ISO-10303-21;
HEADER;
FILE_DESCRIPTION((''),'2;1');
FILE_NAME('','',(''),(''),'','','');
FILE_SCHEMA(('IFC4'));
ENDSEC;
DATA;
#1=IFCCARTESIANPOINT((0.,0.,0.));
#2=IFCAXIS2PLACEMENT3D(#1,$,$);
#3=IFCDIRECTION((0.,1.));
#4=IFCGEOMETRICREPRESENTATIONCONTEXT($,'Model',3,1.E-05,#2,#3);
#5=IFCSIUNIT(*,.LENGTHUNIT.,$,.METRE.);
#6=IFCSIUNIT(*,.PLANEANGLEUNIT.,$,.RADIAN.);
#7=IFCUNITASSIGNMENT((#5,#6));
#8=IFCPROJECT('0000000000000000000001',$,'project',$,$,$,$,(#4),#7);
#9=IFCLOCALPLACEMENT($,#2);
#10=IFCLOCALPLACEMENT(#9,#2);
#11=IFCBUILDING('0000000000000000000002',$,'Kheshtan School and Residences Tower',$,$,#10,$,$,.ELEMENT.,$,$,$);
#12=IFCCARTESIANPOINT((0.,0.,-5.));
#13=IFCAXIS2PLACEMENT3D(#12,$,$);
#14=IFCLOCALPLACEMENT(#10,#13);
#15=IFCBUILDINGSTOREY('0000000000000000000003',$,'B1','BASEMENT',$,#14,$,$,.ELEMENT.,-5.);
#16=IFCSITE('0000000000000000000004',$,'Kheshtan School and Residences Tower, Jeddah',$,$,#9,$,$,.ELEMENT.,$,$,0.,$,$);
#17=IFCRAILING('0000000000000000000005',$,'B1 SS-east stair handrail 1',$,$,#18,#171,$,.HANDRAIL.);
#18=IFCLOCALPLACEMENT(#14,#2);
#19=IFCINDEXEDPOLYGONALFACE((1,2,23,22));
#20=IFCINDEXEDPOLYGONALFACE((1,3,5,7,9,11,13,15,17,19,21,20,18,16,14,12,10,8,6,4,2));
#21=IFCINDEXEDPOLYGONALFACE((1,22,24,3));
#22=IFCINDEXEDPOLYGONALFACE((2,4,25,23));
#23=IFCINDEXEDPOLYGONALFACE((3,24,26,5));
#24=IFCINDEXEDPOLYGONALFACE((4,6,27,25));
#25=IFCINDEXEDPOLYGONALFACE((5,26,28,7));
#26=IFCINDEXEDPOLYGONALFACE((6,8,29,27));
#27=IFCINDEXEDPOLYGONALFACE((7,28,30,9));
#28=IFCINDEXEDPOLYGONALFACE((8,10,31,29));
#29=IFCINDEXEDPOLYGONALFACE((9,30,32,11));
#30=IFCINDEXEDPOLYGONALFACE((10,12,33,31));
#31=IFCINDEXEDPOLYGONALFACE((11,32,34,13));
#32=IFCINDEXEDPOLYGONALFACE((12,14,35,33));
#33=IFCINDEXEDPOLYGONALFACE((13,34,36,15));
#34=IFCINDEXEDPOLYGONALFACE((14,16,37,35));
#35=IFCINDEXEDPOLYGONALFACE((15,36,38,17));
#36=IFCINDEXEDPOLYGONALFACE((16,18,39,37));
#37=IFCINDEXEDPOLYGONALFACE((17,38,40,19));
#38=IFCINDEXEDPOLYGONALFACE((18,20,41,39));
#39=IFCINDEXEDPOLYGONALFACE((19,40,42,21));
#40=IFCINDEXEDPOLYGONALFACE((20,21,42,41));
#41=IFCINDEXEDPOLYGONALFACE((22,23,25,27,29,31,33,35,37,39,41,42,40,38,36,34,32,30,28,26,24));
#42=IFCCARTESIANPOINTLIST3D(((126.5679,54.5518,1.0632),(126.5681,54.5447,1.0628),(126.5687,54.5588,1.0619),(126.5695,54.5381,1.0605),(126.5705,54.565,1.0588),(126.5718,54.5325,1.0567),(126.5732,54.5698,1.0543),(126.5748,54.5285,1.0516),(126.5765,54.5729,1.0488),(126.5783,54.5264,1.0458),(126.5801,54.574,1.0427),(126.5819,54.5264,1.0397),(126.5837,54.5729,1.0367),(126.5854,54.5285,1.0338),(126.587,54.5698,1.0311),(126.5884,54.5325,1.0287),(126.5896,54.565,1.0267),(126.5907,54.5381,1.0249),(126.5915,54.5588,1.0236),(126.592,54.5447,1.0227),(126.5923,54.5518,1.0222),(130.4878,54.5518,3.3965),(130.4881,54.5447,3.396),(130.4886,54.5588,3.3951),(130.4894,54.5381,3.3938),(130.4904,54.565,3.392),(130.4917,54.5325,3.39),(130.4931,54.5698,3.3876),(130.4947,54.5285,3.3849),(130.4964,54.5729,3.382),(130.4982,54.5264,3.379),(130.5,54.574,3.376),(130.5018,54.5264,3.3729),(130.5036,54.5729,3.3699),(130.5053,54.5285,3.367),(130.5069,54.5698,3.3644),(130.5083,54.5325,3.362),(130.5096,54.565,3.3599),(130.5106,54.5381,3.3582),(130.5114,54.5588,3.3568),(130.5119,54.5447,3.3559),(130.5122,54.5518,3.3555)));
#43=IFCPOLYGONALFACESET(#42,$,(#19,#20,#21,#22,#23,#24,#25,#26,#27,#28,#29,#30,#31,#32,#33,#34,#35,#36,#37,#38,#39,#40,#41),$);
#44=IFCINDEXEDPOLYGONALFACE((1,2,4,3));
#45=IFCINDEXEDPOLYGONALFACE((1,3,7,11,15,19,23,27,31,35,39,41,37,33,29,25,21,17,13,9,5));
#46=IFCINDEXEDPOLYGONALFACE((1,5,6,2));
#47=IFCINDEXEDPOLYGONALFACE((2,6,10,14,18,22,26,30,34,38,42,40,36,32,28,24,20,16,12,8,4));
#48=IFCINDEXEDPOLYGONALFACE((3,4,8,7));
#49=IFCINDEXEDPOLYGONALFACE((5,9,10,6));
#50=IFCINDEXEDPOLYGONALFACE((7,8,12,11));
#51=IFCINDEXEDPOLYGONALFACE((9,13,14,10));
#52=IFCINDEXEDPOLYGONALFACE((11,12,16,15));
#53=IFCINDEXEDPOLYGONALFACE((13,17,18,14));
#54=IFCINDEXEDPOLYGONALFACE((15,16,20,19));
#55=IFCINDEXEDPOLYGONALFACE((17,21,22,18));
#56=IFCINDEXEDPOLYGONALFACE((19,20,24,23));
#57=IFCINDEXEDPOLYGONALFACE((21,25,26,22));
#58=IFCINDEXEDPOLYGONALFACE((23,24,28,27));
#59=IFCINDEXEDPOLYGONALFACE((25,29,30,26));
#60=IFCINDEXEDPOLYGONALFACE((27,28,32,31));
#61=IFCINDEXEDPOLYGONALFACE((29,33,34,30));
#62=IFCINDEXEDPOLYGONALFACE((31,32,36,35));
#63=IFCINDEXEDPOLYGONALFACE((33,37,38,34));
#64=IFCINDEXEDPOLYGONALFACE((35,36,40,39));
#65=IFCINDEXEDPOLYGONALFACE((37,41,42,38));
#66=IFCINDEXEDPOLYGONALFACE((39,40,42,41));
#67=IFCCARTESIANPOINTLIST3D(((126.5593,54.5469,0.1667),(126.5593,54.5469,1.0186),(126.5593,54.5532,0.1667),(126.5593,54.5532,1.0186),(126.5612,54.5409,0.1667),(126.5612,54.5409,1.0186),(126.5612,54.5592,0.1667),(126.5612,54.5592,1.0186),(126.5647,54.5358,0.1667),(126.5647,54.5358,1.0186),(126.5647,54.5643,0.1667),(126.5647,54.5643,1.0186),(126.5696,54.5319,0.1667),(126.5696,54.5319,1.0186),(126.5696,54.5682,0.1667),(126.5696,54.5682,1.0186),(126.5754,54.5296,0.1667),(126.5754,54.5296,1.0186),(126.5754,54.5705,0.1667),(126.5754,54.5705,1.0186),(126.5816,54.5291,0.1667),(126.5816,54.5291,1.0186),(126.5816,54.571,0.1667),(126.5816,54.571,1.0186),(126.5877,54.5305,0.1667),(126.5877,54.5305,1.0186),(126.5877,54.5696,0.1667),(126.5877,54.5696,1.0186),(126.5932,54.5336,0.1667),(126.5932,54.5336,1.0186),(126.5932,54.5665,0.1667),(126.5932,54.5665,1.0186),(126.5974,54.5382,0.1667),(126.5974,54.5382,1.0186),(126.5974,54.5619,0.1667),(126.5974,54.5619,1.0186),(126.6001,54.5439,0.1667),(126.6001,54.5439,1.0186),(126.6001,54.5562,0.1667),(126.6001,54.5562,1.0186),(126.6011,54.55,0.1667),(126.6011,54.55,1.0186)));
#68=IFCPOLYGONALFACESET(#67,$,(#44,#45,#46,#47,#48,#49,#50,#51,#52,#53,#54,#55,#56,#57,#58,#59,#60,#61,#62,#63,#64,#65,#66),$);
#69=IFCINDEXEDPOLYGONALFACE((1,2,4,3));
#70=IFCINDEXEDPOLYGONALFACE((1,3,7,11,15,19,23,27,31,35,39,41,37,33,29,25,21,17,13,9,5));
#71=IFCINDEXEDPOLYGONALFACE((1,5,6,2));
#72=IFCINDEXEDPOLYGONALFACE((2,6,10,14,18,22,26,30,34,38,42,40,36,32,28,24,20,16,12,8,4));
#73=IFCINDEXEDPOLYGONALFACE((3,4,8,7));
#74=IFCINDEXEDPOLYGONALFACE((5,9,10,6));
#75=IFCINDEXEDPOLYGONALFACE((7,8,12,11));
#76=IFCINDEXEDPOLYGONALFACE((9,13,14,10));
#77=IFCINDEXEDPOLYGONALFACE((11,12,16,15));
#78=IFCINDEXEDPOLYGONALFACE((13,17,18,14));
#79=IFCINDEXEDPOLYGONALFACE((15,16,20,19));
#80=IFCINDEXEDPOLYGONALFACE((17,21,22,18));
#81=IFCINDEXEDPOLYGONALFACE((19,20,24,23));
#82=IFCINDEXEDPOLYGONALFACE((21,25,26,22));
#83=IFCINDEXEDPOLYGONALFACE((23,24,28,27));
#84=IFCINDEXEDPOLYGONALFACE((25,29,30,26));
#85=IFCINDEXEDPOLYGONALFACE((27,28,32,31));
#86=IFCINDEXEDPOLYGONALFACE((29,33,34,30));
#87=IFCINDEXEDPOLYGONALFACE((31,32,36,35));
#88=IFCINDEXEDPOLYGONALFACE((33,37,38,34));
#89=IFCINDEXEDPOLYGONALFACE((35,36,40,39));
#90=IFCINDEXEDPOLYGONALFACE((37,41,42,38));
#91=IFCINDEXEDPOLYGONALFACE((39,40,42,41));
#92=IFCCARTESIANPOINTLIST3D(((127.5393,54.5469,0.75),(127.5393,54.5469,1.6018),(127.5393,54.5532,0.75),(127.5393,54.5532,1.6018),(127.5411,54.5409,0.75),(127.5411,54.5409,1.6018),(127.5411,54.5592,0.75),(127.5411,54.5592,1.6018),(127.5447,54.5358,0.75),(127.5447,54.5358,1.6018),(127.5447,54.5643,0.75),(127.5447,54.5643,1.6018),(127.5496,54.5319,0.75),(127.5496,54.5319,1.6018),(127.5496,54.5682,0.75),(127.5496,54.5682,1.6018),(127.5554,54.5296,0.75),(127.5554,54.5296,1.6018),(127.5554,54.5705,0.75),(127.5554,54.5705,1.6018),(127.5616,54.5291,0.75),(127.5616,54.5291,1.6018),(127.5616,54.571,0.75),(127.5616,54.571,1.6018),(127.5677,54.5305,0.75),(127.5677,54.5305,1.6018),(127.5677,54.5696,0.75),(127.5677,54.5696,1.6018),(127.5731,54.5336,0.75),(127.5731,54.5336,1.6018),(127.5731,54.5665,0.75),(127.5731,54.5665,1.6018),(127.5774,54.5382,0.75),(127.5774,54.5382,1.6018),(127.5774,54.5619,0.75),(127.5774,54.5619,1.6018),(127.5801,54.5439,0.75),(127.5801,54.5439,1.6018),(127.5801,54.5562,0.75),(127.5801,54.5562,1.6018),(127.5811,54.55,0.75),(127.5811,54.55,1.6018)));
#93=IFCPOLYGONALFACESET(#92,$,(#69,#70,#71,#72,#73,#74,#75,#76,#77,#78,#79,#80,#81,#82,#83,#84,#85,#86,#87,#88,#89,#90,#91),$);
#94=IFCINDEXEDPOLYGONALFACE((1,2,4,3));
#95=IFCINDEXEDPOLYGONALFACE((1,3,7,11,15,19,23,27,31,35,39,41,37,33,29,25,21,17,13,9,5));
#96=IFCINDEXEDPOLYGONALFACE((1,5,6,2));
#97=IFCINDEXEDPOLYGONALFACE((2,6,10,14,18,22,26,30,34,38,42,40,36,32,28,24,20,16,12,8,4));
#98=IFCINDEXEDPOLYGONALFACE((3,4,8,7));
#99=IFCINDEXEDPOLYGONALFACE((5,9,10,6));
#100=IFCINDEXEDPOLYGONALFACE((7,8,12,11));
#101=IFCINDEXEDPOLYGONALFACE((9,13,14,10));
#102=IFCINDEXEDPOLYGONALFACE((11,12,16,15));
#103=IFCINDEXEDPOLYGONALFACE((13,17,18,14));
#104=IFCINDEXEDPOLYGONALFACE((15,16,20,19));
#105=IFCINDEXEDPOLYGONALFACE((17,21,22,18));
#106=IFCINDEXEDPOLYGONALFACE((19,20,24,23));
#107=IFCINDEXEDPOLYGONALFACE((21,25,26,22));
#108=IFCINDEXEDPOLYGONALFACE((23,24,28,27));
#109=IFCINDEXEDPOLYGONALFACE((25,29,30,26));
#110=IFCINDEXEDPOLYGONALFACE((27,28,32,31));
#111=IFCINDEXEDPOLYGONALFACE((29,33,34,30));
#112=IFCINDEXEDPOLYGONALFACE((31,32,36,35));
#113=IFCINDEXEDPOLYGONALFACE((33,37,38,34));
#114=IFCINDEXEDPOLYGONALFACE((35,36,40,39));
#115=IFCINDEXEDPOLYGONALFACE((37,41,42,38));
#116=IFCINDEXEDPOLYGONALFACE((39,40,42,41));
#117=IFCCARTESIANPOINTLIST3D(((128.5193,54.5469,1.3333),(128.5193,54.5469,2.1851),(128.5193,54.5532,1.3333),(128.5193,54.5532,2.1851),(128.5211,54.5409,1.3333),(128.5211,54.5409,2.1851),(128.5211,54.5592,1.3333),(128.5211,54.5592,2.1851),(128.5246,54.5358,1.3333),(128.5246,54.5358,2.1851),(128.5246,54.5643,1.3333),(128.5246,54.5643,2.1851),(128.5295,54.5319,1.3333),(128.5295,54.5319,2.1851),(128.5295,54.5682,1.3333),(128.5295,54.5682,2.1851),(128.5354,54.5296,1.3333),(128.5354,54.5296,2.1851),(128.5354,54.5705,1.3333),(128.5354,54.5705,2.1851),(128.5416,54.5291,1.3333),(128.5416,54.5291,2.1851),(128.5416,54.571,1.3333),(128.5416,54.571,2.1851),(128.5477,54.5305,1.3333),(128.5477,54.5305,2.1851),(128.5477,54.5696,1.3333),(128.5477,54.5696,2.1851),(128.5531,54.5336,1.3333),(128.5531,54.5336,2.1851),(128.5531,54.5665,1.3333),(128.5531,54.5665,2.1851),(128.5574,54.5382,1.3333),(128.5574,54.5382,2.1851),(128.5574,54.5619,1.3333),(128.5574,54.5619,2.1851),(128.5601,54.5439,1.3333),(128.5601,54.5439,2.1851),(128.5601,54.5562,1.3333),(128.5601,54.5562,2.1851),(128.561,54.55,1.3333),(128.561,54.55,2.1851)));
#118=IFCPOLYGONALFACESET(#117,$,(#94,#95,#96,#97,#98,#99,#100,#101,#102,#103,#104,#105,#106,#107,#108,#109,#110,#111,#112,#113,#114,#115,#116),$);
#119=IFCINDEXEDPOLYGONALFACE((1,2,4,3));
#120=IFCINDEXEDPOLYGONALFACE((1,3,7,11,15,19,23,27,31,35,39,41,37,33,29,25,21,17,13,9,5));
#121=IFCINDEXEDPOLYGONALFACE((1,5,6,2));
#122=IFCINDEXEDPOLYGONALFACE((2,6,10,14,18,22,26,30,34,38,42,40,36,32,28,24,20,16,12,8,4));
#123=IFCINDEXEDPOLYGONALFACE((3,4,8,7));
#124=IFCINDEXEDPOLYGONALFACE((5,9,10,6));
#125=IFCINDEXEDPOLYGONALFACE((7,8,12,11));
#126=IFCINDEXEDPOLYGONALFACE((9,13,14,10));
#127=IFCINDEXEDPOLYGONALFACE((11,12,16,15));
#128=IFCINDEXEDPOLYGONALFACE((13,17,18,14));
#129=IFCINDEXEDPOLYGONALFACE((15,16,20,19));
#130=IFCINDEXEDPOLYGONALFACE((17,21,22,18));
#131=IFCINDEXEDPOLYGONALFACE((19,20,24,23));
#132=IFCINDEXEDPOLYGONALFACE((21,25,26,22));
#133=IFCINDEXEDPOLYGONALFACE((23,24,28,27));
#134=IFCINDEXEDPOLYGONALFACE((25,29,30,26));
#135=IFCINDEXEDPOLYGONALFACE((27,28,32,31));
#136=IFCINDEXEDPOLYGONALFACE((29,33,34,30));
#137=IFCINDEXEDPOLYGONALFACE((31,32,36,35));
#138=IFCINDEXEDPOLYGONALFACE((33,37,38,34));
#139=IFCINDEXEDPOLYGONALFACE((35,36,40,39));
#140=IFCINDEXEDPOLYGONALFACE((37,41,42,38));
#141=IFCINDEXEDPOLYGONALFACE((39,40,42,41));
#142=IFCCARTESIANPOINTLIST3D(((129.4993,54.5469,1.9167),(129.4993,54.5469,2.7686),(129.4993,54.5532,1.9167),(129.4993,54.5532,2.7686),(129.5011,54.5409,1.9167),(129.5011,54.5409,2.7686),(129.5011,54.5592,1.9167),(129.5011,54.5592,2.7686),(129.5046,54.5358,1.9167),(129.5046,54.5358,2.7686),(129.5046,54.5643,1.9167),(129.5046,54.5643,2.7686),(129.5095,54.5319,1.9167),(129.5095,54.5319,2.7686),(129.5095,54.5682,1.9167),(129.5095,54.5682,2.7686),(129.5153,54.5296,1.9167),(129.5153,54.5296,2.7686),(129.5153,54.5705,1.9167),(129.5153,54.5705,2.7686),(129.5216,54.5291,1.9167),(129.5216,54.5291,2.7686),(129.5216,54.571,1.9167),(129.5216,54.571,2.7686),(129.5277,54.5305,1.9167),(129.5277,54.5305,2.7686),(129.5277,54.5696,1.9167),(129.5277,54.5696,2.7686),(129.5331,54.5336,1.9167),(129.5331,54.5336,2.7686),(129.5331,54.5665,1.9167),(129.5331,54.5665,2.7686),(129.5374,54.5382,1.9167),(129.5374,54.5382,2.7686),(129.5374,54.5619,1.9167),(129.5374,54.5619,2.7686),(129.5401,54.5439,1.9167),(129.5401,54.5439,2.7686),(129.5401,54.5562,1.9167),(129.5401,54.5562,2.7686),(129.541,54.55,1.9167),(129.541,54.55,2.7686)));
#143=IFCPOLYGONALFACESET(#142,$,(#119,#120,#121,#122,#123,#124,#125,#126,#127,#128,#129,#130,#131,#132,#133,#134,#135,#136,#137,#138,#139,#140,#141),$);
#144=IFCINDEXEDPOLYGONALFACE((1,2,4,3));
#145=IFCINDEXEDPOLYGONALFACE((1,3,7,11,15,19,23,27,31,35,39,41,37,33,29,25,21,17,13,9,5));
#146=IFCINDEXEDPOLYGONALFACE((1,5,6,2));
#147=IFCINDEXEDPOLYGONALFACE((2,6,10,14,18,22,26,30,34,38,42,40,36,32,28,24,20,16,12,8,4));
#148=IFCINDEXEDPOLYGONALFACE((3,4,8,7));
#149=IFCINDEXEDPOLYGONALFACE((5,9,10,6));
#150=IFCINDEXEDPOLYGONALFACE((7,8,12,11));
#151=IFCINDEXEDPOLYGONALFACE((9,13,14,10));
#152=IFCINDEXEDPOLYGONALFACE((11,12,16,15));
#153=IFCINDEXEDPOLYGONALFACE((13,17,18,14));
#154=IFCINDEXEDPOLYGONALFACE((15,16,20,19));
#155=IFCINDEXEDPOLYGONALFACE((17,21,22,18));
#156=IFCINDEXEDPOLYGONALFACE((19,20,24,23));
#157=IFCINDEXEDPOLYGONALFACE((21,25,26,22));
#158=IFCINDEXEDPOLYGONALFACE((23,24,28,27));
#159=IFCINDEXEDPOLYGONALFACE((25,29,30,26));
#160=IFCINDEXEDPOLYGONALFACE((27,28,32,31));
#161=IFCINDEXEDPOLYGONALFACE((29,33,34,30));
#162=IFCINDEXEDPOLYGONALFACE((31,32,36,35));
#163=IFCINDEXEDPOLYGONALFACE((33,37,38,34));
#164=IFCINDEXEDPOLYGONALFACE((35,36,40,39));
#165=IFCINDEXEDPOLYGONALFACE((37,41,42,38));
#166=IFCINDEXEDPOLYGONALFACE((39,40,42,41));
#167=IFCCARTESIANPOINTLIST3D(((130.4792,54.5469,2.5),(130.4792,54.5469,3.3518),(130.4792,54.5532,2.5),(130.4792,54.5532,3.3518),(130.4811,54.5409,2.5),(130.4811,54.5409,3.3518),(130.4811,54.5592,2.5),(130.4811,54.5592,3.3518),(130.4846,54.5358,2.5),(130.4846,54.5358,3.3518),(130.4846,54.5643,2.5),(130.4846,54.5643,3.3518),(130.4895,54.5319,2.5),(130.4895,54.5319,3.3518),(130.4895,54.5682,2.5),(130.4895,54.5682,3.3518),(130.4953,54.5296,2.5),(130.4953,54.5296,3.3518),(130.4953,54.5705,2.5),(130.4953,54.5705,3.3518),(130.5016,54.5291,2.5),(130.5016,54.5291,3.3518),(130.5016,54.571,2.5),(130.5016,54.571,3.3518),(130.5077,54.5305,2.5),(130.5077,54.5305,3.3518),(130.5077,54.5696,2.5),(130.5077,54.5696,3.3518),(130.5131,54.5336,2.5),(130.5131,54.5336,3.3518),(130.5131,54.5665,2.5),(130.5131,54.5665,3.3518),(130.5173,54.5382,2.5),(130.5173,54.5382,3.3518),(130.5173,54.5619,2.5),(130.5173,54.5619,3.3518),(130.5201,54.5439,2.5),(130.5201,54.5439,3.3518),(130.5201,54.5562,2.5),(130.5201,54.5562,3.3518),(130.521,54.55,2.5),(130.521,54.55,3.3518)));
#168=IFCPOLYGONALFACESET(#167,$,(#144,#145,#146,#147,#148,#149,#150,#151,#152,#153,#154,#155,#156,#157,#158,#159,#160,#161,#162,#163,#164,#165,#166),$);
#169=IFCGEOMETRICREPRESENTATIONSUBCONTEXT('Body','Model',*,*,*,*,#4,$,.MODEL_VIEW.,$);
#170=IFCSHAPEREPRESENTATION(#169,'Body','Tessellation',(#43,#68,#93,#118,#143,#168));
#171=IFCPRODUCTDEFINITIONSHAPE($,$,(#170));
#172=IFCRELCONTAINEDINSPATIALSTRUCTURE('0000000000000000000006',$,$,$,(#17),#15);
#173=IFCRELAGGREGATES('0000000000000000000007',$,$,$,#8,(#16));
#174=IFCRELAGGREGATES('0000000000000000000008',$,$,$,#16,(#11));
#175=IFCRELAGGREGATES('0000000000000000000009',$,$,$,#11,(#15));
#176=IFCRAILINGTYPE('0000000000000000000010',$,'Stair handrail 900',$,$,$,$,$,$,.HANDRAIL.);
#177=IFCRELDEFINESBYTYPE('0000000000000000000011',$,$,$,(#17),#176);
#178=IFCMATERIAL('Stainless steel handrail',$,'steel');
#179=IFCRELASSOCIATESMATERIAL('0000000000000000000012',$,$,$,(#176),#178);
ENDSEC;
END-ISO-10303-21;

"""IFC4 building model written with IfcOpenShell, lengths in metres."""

from ifc_helpers import new_model, si_unit, direction, frame, origin, origin_2d, place, context, subcontext, project, spatial, circle, extrude, material, type_object, element, save


model = new_model("IFC4")

# Units and contexts
model_context = context("Model", 3, precision=1e-05, world=origin(), true_north=direction((0.0, 1.0)))
body_context = subcontext(model_context, "Body", "Model", "MODEL_VIEW")
ifc_project = project(units=[si_unit("LENGTHUNIT", "METRE"), si_unit("PLANEANGLEUNIT", "RADIAN")], contexts=[model_context])

# Site, building, storey
site_placement = place(None, origin())
site = spatial("IfcSite", under=ifc_project, at=site_placement, Name="Kheshtan School and Residences Tower, Jeddah", CompositionType="ELEMENT", RefElevation=0.0)
building_placement = place(site_placement, origin())
building = spatial("IfcBuilding", under=site, at=building_placement, Name="Kheshtan School and Residences Tower", CompositionType="ELEMENT")
storey_placement = place(building_placement, frame((0.0, 0.0, -5.0)))
storey = spatial("IfcBuildingStorey", under=building, at=storey_placement, Name="B1", Description="BASEMENT", CompositionType="ELEMENT", Elevation=-5.0)

# Railing
ifc_material_1 = material(Name="Stainless steel handrail", Category="steel")
railing_type_1 = type_object("IfcRailingType", Name="Stair handrail 900", PredefinedType="HANDRAIL", material=ifc_material_1)
railing_1_placement = place(storey_placement, frame((126.5801, 54.55, 0.1667)))
element("IfcRailing", 1, at=railing_1_placement, inside=storey, type_object=railing_type_1, Name="B1 SS-east stair handrail 1", PredefinedType="HANDRAIL", context=body_context, shape_type="SweptSolid", body=[
    extrude(circle(Radius=0.0239, at=origin_2d()), frame((0.0, 0.0, 0.876), z_axis=(0.859296, 0.0, 0.511478), x_axis=(0.0, 1.0, 0.0)), (0.0, 0.0, 1.0), 4.5618),
    extrude(circle(Radius=0.021, at=origin_2d()), origin(), (0.0, 0.0, 1.0), 0.8518),
    extrude(circle(Radius=0.021, at=origin_2d()), frame((0.98, 0.0, 0.5833)), (0.0, 0.0, 1.0), 0.8518),
    extrude(circle(Radius=0.021, at=origin_2d()), frame((1.96, 0.0, 1.1665)), (0.0, 0.0, 1.0), 0.8518),
    extrude(circle(Radius=0.021, at=origin_2d()), frame((2.9399, 0.0, 1.75)), (0.0, 0.0, 1.0), 0.8518),
    extrude(circle(Radius=0.021, at=origin_2d()), frame((3.9199, 0.0, 2.3333)), (0.0, 0.0, 1.0), 0.8518),
])

save(model, "model.ifc")
